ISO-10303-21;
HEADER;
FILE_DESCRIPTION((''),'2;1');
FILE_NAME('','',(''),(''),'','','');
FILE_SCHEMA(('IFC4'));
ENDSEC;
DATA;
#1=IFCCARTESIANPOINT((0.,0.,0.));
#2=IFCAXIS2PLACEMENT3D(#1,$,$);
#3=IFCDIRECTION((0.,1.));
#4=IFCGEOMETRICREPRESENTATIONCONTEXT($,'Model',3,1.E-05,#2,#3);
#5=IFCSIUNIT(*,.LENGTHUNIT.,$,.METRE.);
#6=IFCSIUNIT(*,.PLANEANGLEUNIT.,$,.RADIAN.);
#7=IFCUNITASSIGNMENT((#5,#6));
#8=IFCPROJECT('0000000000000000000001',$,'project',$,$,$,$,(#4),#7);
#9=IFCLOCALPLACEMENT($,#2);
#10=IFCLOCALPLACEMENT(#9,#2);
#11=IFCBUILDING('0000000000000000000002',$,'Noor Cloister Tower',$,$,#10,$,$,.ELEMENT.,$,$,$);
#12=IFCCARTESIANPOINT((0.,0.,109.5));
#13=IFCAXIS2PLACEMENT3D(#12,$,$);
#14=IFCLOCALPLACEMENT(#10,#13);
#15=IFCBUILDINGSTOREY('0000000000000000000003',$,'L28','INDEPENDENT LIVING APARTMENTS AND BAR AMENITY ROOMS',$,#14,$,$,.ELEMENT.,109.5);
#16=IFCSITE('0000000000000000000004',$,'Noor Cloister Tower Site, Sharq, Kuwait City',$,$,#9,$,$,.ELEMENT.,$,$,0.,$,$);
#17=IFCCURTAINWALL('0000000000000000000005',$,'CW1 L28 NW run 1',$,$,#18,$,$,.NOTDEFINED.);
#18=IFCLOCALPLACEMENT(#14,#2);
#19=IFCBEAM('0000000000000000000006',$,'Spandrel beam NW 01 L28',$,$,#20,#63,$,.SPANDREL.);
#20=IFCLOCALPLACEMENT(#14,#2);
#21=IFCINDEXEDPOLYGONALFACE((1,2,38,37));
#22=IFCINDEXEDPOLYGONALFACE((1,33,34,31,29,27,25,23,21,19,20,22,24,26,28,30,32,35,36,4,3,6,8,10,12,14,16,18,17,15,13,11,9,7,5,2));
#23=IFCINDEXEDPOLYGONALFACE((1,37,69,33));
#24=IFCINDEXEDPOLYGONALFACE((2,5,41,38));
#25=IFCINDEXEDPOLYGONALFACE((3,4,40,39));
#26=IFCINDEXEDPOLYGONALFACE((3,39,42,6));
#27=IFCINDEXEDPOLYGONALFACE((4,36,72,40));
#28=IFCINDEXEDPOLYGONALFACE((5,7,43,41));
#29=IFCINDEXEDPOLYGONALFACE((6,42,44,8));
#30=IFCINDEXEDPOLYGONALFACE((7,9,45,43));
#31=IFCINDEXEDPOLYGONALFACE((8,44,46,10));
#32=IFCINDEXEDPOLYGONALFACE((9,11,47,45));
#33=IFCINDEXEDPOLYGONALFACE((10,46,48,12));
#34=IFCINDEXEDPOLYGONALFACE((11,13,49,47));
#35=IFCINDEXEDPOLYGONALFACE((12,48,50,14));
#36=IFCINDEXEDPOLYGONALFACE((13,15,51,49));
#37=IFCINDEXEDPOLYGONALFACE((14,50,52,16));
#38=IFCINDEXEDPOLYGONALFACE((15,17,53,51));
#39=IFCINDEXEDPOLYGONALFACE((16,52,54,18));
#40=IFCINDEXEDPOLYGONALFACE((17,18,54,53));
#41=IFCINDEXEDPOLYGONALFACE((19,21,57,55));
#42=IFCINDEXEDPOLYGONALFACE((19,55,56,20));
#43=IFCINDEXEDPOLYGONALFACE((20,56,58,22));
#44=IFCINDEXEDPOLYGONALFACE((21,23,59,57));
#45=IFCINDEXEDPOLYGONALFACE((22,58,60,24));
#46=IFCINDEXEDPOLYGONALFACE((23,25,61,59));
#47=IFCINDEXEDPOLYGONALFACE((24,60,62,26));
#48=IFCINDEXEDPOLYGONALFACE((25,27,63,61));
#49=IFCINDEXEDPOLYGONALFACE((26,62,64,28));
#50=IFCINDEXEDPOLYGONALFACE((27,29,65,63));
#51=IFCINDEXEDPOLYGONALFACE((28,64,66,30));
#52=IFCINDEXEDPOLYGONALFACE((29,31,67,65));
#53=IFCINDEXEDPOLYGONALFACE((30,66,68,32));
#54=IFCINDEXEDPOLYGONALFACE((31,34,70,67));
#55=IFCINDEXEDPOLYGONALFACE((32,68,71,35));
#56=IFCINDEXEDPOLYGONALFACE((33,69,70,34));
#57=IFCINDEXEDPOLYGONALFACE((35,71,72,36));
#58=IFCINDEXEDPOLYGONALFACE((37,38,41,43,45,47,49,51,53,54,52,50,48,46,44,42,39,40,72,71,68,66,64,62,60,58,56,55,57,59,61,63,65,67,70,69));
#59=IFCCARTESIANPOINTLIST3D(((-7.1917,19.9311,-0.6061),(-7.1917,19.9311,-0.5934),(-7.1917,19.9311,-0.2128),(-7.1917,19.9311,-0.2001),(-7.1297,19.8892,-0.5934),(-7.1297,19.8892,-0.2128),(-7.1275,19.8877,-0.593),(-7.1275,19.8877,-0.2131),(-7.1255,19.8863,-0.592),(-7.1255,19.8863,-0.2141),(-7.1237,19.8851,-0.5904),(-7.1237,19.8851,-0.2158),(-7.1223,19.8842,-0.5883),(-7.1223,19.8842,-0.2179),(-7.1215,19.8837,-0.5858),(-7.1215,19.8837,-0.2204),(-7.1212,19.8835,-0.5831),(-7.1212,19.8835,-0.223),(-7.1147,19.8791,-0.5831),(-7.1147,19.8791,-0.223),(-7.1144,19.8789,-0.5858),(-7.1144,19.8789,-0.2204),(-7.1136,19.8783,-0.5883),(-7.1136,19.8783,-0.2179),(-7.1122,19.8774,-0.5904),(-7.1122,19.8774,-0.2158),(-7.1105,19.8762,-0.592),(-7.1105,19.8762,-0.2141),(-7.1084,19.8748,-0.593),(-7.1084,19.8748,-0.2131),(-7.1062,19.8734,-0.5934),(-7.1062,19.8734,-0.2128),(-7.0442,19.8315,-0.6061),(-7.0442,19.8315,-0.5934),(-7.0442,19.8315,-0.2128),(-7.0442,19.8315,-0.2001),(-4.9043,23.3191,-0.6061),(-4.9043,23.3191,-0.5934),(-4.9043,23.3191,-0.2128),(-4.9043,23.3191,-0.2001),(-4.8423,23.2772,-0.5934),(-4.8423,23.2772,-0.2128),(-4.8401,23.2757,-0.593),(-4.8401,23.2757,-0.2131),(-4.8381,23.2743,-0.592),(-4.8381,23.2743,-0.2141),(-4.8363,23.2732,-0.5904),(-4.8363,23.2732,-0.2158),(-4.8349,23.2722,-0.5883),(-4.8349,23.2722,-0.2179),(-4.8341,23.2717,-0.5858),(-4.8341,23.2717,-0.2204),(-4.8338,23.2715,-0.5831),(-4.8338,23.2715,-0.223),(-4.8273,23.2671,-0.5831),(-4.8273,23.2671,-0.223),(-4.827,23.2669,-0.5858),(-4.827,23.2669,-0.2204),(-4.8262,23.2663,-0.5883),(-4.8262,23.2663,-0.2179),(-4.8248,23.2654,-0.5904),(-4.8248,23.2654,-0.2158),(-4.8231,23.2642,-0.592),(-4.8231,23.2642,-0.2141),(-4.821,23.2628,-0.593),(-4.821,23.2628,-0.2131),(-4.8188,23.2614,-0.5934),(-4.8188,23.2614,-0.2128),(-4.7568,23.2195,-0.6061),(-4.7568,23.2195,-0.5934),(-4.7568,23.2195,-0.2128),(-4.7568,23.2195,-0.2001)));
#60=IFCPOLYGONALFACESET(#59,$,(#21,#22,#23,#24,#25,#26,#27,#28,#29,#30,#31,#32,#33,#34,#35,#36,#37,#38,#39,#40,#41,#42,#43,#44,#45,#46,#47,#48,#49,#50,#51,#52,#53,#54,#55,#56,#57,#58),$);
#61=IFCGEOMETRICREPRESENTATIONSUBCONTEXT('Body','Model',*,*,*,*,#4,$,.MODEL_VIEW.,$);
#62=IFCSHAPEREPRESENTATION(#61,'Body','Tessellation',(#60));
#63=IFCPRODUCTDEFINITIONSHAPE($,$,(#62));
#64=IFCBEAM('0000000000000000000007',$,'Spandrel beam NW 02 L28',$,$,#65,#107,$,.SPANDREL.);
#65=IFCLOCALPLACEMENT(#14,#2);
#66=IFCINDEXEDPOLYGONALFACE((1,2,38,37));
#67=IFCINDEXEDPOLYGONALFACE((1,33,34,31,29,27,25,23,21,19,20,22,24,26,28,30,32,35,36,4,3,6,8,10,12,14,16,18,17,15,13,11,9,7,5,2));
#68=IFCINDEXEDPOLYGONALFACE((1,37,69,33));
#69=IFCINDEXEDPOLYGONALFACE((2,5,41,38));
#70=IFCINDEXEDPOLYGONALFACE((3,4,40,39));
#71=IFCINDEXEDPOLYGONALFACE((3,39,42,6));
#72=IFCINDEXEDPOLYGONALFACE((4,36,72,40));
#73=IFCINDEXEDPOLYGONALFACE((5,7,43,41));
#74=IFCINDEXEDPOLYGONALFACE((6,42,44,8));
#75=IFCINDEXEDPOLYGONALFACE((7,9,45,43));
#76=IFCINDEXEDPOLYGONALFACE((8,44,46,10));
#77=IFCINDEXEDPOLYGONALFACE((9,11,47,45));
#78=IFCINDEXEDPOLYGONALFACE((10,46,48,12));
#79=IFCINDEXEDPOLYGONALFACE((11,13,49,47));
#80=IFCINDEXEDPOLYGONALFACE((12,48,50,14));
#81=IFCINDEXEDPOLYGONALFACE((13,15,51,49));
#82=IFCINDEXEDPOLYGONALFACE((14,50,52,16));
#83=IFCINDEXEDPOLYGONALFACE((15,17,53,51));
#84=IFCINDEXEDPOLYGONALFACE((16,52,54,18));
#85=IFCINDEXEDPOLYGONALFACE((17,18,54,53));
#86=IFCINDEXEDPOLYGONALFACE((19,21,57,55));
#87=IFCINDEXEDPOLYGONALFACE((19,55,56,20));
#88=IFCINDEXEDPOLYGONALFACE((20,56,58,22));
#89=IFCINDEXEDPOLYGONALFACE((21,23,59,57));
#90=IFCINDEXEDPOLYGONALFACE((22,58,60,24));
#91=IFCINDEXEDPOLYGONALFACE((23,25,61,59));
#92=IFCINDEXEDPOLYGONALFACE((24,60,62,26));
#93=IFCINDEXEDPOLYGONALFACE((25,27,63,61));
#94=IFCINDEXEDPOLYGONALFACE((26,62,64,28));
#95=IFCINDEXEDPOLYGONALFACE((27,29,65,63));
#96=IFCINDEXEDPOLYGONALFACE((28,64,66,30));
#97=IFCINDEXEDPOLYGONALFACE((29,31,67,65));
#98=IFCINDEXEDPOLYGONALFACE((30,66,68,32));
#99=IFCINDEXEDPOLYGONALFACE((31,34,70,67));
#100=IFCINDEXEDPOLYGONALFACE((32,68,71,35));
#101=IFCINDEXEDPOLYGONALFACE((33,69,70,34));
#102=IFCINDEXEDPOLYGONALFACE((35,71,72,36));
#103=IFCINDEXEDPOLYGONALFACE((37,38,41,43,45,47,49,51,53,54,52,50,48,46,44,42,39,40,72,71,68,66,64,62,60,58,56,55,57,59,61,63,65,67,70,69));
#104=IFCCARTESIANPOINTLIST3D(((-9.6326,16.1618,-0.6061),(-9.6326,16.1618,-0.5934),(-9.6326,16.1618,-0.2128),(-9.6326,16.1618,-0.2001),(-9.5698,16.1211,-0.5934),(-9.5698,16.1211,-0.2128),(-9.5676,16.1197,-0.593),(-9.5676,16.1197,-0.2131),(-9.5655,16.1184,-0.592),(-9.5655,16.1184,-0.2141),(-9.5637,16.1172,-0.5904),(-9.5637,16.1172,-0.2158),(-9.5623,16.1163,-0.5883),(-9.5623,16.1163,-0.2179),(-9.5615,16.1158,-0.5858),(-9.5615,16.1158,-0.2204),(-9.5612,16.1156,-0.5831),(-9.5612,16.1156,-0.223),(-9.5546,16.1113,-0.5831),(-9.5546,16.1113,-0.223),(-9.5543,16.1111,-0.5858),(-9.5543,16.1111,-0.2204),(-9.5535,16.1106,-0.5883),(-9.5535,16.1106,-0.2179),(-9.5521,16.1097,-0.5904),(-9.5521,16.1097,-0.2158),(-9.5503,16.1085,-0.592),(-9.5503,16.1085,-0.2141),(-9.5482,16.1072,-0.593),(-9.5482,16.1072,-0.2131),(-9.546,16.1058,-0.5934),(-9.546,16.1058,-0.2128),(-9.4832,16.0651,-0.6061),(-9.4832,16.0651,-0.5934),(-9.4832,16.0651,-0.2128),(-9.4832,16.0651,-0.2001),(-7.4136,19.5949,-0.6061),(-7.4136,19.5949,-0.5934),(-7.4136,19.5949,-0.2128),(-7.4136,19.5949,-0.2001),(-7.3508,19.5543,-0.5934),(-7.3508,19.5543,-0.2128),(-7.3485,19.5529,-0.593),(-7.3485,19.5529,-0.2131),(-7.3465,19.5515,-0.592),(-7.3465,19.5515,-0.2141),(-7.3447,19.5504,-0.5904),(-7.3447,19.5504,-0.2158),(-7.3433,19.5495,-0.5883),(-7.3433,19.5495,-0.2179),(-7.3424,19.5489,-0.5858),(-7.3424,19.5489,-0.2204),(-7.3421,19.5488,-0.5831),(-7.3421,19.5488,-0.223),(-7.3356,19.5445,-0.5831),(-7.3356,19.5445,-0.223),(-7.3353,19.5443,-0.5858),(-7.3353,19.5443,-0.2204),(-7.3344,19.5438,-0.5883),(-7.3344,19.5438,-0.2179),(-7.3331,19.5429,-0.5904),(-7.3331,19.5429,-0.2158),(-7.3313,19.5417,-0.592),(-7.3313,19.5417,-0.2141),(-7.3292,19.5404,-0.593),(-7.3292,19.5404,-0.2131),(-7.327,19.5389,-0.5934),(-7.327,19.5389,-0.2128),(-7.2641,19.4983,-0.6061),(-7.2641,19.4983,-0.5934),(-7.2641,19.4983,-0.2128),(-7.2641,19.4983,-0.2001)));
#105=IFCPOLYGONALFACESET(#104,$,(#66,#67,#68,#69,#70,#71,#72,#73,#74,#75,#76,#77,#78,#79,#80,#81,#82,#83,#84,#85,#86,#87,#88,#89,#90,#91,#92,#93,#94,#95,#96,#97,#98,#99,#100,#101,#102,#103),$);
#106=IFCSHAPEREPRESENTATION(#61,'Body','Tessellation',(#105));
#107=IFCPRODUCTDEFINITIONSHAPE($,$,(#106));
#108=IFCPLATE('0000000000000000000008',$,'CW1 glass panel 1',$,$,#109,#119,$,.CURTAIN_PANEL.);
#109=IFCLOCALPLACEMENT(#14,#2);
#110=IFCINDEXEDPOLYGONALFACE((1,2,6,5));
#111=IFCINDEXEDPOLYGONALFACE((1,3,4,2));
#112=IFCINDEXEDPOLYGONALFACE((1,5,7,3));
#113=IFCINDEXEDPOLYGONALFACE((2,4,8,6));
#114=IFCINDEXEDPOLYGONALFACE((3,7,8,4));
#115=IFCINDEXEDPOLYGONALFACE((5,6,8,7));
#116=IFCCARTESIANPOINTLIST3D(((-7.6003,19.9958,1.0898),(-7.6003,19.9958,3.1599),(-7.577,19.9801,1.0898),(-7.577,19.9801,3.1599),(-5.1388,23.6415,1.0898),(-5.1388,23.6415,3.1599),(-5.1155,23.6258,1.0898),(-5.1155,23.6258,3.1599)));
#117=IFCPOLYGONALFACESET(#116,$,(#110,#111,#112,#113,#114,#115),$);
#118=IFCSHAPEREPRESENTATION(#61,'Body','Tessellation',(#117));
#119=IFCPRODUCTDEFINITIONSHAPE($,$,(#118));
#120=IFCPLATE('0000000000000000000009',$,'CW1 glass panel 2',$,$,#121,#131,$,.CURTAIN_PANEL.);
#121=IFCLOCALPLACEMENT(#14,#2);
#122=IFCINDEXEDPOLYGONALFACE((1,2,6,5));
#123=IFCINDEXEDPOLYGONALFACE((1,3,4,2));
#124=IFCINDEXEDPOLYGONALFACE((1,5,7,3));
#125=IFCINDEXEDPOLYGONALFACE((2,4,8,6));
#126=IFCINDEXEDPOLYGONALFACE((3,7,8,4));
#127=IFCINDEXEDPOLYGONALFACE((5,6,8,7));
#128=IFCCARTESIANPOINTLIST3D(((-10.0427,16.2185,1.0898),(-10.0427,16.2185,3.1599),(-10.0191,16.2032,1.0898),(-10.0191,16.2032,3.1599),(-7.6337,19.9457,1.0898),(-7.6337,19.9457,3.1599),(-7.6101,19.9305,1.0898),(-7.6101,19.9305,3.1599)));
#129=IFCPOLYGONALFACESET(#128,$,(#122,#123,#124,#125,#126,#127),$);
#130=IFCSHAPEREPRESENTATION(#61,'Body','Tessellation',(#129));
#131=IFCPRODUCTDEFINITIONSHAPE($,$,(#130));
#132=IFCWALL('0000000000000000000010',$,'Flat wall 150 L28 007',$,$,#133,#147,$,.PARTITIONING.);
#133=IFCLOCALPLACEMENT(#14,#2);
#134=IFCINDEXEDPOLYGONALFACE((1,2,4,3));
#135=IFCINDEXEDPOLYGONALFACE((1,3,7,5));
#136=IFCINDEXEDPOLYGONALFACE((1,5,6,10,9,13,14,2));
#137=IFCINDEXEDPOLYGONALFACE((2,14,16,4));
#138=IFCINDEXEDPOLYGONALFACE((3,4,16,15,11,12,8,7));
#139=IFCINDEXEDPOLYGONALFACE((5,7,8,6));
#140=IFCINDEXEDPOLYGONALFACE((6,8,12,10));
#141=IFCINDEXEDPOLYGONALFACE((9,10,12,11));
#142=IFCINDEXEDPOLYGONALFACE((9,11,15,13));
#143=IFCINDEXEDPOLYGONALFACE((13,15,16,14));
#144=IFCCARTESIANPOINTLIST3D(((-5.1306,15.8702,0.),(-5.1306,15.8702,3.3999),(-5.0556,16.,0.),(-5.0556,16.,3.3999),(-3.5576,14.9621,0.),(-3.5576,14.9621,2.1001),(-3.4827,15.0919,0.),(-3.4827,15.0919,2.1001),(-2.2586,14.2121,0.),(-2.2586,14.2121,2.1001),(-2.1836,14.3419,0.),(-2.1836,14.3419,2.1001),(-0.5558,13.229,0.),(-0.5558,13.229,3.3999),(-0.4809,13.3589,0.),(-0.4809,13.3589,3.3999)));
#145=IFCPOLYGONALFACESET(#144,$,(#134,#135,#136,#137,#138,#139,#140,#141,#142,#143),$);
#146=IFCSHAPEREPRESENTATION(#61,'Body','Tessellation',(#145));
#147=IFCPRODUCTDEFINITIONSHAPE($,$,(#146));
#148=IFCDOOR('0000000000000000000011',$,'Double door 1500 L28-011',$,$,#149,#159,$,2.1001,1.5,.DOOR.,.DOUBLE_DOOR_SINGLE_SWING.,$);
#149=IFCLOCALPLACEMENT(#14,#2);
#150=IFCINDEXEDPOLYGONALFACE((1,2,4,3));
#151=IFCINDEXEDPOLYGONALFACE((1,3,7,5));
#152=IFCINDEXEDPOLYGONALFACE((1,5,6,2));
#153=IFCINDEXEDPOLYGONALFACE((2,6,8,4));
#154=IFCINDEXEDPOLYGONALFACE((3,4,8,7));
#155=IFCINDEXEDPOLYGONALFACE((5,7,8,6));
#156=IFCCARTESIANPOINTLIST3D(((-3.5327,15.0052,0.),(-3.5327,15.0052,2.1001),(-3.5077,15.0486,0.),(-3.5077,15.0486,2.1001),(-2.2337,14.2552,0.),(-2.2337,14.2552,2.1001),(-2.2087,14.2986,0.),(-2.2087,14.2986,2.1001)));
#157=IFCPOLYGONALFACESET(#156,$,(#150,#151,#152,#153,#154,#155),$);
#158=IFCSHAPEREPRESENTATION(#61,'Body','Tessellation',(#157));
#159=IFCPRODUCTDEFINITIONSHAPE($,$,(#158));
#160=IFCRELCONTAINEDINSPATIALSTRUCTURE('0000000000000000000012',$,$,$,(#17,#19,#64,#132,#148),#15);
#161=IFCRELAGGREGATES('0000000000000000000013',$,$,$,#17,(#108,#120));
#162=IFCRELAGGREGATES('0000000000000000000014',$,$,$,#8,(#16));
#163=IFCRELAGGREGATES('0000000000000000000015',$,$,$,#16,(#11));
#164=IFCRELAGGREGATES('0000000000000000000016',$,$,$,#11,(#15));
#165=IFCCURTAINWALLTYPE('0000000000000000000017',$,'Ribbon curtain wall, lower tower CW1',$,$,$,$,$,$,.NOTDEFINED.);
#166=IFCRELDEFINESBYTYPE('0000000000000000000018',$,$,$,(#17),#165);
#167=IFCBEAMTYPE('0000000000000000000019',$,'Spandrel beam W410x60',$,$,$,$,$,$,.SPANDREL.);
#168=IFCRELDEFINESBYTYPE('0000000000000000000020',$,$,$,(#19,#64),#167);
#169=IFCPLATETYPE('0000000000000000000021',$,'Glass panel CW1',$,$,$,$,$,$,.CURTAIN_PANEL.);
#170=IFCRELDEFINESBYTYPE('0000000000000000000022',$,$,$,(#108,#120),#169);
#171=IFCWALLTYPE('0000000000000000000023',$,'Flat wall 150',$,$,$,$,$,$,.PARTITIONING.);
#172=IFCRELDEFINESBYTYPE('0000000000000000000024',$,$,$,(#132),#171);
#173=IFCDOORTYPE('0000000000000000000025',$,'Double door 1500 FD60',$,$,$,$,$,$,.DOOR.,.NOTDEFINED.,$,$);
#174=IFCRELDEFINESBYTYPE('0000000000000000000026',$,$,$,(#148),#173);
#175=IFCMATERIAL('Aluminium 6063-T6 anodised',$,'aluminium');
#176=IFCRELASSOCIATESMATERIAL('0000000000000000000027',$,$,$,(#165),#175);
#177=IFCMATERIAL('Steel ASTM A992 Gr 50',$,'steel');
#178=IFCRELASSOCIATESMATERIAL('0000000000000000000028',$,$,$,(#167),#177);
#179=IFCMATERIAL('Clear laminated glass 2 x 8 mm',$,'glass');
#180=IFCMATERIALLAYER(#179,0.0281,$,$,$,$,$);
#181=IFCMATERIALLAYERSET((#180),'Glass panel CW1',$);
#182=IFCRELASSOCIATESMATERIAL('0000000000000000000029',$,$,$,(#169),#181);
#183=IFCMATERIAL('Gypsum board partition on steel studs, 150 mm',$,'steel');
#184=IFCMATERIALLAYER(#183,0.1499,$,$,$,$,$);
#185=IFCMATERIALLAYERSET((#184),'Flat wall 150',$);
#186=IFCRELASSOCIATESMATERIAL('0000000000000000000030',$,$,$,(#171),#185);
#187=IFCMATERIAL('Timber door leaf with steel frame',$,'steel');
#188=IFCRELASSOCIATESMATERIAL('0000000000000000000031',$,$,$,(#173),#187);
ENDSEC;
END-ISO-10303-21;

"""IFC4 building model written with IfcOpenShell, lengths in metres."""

from ifc_helpers import new_model, si_unit, direction, frame, frame_2d, origin, origin_2d, place, context, subcontext, project, spatial, rectangle, i_section, extrude, material, layer, layer_set, material_profile, profile_set, type_object, element, fill, aggregate, save


model = new_model("IFC4")

# Units and contexts
model_context = context("Model", 3, precision=1e-05, world=origin(), true_north=direction((0.0, 1.0)))
body_context = subcontext(model_context, "Body", "Model", "MODEL_VIEW")
ifc_project = project(units=[si_unit("LENGTHUNIT", "METRE"), si_unit("PLANEANGLEUNIT", "RADIAN")], contexts=[model_context])

# Site, building, storey
site_placement = place(None, origin())
site = spatial("IfcSite", under=ifc_project, at=site_placement, Name="Noor Cloister Tower Site, Sharq, Kuwait City", CompositionType="ELEMENT", RefElevation=0.0)
building_placement = place(site_placement, origin())
building = spatial("IfcBuilding", under=site, at=building_placement, Name="Noor Cloister Tower", CompositionType="ELEMENT")
storey_placement = place(building_placement, frame((0.0, 0.0, 109.5)))
storey = spatial("IfcBuildingStorey", under=building, at=storey_placement, Name="L28", Description="INDEPENDENT LIVING APARTMENTS AND BAR AMENITY ROOMS", CompositionType="ELEMENT", Elevation=109.5)

# Curtain wall
ifc_material_1 = material(Name="Aluminium 6063-T6 anodised", Category="aluminium")
curtain_wall_type = type_object("IfcCurtainWallType", Name="Ribbon curtain wall, lower tower CW1", PredefinedType="NOTDEFINED", material=ifc_material_1)
curtain_wall_placement = place(storey_placement, origin())
curtain_wall = element("IfcCurtainWall", 1, at=curtain_wall_placement, inside=storey, type_object=curtain_wall_type, Name="CW1 L28 NW run 1", PredefinedType="NOTDEFINED")

# Beams
ifc_material_2 = material(Name="Steel ASTM A992 Gr 50", Category="steel")
ifc_material_profile_1 = material_profile(ifc_material_2, i_section(OverallWidth=0.178, OverallDepth=0.406, WebThickness=0.0078, FlangeThickness=0.0127, FilletRadius=0.0103, at=origin_2d()), Name="W410x60")
ifc_profile_set_1 = profile_set([ifc_material_profile_1], Name="Steel ASTM A992 Gr 50")
beam_type_1 = type_object("IfcBeamType", Name="Spandrel beam W410x60", PredefinedType="SPANDREL", material=ifc_profile_set_1)
for number, where, z_axis, x_axis, name in (
    (2, (-4.8306, 23.2693, -0.4031), (-0.559556, -0.828793, 0.0), (0.828793, -0.559556, 0.0), "Spandrel beam NW 01 L28"),
    (3, (-7.3389, 19.5466, -0.4031), (-0.542833, -0.839841, 0.0), (0.839841, -0.542833, 0.0), "Spandrel beam NW 02 L28"),
):
    element("IfcBeam", number, at=place(storey_placement, frame(where, z_axis=z_axis, x_axis=x_axis)), inside=storey, type_object=beam_type_1, Name=name, PredefinedType="SPANDREL", context=body_context, shape_type="SweptSolid", body=[
        extrude(i_section(OverallWidth=0.178, OverallDepth=0.406, WebThickness=0.0078, FlangeThickness=0.0127, FilletRadius=0.0103, at=origin_2d()), origin(), (0.0, 0.0, 1.0), 4.0879),
    ])

# Plates
ifc_material_3 = material(Name="Clear laminated glass 2 x 8 mm", Category="glass")
ifc_layer_1 = layer(ifc_material_3, 0.0281)
ifc_layer_set_1 = layer_set([ifc_layer_1], Name="Glass panel CW1")
plate_type = type_object("IfcPlateType", Name="Glass panel CW1", PredefinedType="CURTAIN_PANEL", material=ifc_layer_set_1)
plate_1_placement = place(storey_placement, frame((-6.3579, 21.8108, 1.0898), z_axis=(0.0, 0.0, 1.0), x_axis=(-0.559576, -0.828779, 0.0)))
plate_1 = element("IfcPlate", 4, at=plate_1_placement, type_object=plate_type, Name="CW1 glass panel 1", PredefinedType="CURTAIN_PANEL", context=body_context, shape_type="SweptSolid", body=[
    extrude(rectangle(XDim=4.3989, YDim=0.0281, at=origin_2d()), origin(), (0.0, 0.0, 1.0), 2.0701),
])
plate_2_placement = place(storey_placement, frame((-8.8264, 18.0745, 1.0898), z_axis=(0.0, 0.0, 1.0), x_axis=(-0.542824, -0.839847, 0.0)))
plate_2 = element("IfcPlate", 5, at=plate_2_placement, type_object=plate_type, Name="CW1 glass panel 2", PredefinedType="CURTAIN_PANEL", context=body_context, shape_type="SweptSolid", body=[
    extrude(rectangle(XDim=4.438, YDim=0.0281, at=origin_2d()), origin(), (0.0, 0.0, 1.0), 2.0701),
])
aggregate(curtain_wall, [plate_1, plate_2])

# Wall, opening, door
ifc_material_4 = material(Name="Gypsum board partition on steel studs, 150 mm", Category="steel")
ifc_layer_2 = layer(ifc_material_4, 0.1499)
ifc_layer_set_2 = layer_set([ifc_layer_2], Name="Flat wall 150")
wall_type = type_object("IfcWallType", Name="Flat wall 150", PredefinedType="PARTITIONING", material=ifc_layer_set_2)
wall_placement = place(storey_placement, frame((-5.093, 15.9351, 0.0), z_axis=(0.0, 0.0, 1.0), x_axis=(0.866033, -0.499987, 0.0)))
wall = element("IfcWall", 6, at=wall_placement, inside=storey, type_object=wall_type, Name="Flat wall 150 L28 007", PredefinedType="PARTITIONING", context=body_context, shape_type="SweptSolid", body=[
    extrude(rectangle(XDim=5.2825, YDim=0.1499, at=frame_2d((2.6411, 0.0))), origin(), (0.0, 0.0, 1.0), 3.3999),
])
opening_placement = place(wall_placement, frame((1.8162, 0.0, 0.0)))
opening = element("IfcOpeningElement", 7, at=opening_placement, cuts=wall, PredefinedType="OPENING", context=body_context, shape_type="SweptSolid", body=[
    extrude(rectangle(XDim=1.5, YDim=2.1001, at=frame_2d((0.75, 1.05))), frame((0.0, 0.085, 0.0), z_axis=(0.0, -1.0, 0.0), x_axis=(1.0, 0.0, 0.0)), (0.0, 0.0, 1.0), 0.1699),
])
ifc_material_5 = material(Name="Timber door leaf with steel frame", Category="steel")
door_type = type_object("IfcDoorType", Name="Double door 1500 FD60", OperationType="NOTDEFINED", PredefinedType="DOOR", material=ifc_material_5)
door_placement = place(opening_placement, origin())
door = element("IfcDoor", 8, at=door_placement, inside=storey, type_object=door_type, Name="Double door 1500 L28-011", OperationType="DOUBLE_DOOR_SINGLE_SWING", OverallHeight=2.1001, OverallWidth=1.5, PredefinedType="DOOR", context=body_context, shape_type="SweptSolid", body=[
    extrude(rectangle(XDim=1.5, YDim=2.1001, at=frame_2d((0.75, 1.05))), frame((0.0, 0.0249, 0.0), z_axis=(0.0, -1.0, 0.0), x_axis=(1.0, 0.0, 0.0)), (0.0, 0.0, 1.0), 0.05),
])
fill(opening, door)

save(model, "model.ifc")
